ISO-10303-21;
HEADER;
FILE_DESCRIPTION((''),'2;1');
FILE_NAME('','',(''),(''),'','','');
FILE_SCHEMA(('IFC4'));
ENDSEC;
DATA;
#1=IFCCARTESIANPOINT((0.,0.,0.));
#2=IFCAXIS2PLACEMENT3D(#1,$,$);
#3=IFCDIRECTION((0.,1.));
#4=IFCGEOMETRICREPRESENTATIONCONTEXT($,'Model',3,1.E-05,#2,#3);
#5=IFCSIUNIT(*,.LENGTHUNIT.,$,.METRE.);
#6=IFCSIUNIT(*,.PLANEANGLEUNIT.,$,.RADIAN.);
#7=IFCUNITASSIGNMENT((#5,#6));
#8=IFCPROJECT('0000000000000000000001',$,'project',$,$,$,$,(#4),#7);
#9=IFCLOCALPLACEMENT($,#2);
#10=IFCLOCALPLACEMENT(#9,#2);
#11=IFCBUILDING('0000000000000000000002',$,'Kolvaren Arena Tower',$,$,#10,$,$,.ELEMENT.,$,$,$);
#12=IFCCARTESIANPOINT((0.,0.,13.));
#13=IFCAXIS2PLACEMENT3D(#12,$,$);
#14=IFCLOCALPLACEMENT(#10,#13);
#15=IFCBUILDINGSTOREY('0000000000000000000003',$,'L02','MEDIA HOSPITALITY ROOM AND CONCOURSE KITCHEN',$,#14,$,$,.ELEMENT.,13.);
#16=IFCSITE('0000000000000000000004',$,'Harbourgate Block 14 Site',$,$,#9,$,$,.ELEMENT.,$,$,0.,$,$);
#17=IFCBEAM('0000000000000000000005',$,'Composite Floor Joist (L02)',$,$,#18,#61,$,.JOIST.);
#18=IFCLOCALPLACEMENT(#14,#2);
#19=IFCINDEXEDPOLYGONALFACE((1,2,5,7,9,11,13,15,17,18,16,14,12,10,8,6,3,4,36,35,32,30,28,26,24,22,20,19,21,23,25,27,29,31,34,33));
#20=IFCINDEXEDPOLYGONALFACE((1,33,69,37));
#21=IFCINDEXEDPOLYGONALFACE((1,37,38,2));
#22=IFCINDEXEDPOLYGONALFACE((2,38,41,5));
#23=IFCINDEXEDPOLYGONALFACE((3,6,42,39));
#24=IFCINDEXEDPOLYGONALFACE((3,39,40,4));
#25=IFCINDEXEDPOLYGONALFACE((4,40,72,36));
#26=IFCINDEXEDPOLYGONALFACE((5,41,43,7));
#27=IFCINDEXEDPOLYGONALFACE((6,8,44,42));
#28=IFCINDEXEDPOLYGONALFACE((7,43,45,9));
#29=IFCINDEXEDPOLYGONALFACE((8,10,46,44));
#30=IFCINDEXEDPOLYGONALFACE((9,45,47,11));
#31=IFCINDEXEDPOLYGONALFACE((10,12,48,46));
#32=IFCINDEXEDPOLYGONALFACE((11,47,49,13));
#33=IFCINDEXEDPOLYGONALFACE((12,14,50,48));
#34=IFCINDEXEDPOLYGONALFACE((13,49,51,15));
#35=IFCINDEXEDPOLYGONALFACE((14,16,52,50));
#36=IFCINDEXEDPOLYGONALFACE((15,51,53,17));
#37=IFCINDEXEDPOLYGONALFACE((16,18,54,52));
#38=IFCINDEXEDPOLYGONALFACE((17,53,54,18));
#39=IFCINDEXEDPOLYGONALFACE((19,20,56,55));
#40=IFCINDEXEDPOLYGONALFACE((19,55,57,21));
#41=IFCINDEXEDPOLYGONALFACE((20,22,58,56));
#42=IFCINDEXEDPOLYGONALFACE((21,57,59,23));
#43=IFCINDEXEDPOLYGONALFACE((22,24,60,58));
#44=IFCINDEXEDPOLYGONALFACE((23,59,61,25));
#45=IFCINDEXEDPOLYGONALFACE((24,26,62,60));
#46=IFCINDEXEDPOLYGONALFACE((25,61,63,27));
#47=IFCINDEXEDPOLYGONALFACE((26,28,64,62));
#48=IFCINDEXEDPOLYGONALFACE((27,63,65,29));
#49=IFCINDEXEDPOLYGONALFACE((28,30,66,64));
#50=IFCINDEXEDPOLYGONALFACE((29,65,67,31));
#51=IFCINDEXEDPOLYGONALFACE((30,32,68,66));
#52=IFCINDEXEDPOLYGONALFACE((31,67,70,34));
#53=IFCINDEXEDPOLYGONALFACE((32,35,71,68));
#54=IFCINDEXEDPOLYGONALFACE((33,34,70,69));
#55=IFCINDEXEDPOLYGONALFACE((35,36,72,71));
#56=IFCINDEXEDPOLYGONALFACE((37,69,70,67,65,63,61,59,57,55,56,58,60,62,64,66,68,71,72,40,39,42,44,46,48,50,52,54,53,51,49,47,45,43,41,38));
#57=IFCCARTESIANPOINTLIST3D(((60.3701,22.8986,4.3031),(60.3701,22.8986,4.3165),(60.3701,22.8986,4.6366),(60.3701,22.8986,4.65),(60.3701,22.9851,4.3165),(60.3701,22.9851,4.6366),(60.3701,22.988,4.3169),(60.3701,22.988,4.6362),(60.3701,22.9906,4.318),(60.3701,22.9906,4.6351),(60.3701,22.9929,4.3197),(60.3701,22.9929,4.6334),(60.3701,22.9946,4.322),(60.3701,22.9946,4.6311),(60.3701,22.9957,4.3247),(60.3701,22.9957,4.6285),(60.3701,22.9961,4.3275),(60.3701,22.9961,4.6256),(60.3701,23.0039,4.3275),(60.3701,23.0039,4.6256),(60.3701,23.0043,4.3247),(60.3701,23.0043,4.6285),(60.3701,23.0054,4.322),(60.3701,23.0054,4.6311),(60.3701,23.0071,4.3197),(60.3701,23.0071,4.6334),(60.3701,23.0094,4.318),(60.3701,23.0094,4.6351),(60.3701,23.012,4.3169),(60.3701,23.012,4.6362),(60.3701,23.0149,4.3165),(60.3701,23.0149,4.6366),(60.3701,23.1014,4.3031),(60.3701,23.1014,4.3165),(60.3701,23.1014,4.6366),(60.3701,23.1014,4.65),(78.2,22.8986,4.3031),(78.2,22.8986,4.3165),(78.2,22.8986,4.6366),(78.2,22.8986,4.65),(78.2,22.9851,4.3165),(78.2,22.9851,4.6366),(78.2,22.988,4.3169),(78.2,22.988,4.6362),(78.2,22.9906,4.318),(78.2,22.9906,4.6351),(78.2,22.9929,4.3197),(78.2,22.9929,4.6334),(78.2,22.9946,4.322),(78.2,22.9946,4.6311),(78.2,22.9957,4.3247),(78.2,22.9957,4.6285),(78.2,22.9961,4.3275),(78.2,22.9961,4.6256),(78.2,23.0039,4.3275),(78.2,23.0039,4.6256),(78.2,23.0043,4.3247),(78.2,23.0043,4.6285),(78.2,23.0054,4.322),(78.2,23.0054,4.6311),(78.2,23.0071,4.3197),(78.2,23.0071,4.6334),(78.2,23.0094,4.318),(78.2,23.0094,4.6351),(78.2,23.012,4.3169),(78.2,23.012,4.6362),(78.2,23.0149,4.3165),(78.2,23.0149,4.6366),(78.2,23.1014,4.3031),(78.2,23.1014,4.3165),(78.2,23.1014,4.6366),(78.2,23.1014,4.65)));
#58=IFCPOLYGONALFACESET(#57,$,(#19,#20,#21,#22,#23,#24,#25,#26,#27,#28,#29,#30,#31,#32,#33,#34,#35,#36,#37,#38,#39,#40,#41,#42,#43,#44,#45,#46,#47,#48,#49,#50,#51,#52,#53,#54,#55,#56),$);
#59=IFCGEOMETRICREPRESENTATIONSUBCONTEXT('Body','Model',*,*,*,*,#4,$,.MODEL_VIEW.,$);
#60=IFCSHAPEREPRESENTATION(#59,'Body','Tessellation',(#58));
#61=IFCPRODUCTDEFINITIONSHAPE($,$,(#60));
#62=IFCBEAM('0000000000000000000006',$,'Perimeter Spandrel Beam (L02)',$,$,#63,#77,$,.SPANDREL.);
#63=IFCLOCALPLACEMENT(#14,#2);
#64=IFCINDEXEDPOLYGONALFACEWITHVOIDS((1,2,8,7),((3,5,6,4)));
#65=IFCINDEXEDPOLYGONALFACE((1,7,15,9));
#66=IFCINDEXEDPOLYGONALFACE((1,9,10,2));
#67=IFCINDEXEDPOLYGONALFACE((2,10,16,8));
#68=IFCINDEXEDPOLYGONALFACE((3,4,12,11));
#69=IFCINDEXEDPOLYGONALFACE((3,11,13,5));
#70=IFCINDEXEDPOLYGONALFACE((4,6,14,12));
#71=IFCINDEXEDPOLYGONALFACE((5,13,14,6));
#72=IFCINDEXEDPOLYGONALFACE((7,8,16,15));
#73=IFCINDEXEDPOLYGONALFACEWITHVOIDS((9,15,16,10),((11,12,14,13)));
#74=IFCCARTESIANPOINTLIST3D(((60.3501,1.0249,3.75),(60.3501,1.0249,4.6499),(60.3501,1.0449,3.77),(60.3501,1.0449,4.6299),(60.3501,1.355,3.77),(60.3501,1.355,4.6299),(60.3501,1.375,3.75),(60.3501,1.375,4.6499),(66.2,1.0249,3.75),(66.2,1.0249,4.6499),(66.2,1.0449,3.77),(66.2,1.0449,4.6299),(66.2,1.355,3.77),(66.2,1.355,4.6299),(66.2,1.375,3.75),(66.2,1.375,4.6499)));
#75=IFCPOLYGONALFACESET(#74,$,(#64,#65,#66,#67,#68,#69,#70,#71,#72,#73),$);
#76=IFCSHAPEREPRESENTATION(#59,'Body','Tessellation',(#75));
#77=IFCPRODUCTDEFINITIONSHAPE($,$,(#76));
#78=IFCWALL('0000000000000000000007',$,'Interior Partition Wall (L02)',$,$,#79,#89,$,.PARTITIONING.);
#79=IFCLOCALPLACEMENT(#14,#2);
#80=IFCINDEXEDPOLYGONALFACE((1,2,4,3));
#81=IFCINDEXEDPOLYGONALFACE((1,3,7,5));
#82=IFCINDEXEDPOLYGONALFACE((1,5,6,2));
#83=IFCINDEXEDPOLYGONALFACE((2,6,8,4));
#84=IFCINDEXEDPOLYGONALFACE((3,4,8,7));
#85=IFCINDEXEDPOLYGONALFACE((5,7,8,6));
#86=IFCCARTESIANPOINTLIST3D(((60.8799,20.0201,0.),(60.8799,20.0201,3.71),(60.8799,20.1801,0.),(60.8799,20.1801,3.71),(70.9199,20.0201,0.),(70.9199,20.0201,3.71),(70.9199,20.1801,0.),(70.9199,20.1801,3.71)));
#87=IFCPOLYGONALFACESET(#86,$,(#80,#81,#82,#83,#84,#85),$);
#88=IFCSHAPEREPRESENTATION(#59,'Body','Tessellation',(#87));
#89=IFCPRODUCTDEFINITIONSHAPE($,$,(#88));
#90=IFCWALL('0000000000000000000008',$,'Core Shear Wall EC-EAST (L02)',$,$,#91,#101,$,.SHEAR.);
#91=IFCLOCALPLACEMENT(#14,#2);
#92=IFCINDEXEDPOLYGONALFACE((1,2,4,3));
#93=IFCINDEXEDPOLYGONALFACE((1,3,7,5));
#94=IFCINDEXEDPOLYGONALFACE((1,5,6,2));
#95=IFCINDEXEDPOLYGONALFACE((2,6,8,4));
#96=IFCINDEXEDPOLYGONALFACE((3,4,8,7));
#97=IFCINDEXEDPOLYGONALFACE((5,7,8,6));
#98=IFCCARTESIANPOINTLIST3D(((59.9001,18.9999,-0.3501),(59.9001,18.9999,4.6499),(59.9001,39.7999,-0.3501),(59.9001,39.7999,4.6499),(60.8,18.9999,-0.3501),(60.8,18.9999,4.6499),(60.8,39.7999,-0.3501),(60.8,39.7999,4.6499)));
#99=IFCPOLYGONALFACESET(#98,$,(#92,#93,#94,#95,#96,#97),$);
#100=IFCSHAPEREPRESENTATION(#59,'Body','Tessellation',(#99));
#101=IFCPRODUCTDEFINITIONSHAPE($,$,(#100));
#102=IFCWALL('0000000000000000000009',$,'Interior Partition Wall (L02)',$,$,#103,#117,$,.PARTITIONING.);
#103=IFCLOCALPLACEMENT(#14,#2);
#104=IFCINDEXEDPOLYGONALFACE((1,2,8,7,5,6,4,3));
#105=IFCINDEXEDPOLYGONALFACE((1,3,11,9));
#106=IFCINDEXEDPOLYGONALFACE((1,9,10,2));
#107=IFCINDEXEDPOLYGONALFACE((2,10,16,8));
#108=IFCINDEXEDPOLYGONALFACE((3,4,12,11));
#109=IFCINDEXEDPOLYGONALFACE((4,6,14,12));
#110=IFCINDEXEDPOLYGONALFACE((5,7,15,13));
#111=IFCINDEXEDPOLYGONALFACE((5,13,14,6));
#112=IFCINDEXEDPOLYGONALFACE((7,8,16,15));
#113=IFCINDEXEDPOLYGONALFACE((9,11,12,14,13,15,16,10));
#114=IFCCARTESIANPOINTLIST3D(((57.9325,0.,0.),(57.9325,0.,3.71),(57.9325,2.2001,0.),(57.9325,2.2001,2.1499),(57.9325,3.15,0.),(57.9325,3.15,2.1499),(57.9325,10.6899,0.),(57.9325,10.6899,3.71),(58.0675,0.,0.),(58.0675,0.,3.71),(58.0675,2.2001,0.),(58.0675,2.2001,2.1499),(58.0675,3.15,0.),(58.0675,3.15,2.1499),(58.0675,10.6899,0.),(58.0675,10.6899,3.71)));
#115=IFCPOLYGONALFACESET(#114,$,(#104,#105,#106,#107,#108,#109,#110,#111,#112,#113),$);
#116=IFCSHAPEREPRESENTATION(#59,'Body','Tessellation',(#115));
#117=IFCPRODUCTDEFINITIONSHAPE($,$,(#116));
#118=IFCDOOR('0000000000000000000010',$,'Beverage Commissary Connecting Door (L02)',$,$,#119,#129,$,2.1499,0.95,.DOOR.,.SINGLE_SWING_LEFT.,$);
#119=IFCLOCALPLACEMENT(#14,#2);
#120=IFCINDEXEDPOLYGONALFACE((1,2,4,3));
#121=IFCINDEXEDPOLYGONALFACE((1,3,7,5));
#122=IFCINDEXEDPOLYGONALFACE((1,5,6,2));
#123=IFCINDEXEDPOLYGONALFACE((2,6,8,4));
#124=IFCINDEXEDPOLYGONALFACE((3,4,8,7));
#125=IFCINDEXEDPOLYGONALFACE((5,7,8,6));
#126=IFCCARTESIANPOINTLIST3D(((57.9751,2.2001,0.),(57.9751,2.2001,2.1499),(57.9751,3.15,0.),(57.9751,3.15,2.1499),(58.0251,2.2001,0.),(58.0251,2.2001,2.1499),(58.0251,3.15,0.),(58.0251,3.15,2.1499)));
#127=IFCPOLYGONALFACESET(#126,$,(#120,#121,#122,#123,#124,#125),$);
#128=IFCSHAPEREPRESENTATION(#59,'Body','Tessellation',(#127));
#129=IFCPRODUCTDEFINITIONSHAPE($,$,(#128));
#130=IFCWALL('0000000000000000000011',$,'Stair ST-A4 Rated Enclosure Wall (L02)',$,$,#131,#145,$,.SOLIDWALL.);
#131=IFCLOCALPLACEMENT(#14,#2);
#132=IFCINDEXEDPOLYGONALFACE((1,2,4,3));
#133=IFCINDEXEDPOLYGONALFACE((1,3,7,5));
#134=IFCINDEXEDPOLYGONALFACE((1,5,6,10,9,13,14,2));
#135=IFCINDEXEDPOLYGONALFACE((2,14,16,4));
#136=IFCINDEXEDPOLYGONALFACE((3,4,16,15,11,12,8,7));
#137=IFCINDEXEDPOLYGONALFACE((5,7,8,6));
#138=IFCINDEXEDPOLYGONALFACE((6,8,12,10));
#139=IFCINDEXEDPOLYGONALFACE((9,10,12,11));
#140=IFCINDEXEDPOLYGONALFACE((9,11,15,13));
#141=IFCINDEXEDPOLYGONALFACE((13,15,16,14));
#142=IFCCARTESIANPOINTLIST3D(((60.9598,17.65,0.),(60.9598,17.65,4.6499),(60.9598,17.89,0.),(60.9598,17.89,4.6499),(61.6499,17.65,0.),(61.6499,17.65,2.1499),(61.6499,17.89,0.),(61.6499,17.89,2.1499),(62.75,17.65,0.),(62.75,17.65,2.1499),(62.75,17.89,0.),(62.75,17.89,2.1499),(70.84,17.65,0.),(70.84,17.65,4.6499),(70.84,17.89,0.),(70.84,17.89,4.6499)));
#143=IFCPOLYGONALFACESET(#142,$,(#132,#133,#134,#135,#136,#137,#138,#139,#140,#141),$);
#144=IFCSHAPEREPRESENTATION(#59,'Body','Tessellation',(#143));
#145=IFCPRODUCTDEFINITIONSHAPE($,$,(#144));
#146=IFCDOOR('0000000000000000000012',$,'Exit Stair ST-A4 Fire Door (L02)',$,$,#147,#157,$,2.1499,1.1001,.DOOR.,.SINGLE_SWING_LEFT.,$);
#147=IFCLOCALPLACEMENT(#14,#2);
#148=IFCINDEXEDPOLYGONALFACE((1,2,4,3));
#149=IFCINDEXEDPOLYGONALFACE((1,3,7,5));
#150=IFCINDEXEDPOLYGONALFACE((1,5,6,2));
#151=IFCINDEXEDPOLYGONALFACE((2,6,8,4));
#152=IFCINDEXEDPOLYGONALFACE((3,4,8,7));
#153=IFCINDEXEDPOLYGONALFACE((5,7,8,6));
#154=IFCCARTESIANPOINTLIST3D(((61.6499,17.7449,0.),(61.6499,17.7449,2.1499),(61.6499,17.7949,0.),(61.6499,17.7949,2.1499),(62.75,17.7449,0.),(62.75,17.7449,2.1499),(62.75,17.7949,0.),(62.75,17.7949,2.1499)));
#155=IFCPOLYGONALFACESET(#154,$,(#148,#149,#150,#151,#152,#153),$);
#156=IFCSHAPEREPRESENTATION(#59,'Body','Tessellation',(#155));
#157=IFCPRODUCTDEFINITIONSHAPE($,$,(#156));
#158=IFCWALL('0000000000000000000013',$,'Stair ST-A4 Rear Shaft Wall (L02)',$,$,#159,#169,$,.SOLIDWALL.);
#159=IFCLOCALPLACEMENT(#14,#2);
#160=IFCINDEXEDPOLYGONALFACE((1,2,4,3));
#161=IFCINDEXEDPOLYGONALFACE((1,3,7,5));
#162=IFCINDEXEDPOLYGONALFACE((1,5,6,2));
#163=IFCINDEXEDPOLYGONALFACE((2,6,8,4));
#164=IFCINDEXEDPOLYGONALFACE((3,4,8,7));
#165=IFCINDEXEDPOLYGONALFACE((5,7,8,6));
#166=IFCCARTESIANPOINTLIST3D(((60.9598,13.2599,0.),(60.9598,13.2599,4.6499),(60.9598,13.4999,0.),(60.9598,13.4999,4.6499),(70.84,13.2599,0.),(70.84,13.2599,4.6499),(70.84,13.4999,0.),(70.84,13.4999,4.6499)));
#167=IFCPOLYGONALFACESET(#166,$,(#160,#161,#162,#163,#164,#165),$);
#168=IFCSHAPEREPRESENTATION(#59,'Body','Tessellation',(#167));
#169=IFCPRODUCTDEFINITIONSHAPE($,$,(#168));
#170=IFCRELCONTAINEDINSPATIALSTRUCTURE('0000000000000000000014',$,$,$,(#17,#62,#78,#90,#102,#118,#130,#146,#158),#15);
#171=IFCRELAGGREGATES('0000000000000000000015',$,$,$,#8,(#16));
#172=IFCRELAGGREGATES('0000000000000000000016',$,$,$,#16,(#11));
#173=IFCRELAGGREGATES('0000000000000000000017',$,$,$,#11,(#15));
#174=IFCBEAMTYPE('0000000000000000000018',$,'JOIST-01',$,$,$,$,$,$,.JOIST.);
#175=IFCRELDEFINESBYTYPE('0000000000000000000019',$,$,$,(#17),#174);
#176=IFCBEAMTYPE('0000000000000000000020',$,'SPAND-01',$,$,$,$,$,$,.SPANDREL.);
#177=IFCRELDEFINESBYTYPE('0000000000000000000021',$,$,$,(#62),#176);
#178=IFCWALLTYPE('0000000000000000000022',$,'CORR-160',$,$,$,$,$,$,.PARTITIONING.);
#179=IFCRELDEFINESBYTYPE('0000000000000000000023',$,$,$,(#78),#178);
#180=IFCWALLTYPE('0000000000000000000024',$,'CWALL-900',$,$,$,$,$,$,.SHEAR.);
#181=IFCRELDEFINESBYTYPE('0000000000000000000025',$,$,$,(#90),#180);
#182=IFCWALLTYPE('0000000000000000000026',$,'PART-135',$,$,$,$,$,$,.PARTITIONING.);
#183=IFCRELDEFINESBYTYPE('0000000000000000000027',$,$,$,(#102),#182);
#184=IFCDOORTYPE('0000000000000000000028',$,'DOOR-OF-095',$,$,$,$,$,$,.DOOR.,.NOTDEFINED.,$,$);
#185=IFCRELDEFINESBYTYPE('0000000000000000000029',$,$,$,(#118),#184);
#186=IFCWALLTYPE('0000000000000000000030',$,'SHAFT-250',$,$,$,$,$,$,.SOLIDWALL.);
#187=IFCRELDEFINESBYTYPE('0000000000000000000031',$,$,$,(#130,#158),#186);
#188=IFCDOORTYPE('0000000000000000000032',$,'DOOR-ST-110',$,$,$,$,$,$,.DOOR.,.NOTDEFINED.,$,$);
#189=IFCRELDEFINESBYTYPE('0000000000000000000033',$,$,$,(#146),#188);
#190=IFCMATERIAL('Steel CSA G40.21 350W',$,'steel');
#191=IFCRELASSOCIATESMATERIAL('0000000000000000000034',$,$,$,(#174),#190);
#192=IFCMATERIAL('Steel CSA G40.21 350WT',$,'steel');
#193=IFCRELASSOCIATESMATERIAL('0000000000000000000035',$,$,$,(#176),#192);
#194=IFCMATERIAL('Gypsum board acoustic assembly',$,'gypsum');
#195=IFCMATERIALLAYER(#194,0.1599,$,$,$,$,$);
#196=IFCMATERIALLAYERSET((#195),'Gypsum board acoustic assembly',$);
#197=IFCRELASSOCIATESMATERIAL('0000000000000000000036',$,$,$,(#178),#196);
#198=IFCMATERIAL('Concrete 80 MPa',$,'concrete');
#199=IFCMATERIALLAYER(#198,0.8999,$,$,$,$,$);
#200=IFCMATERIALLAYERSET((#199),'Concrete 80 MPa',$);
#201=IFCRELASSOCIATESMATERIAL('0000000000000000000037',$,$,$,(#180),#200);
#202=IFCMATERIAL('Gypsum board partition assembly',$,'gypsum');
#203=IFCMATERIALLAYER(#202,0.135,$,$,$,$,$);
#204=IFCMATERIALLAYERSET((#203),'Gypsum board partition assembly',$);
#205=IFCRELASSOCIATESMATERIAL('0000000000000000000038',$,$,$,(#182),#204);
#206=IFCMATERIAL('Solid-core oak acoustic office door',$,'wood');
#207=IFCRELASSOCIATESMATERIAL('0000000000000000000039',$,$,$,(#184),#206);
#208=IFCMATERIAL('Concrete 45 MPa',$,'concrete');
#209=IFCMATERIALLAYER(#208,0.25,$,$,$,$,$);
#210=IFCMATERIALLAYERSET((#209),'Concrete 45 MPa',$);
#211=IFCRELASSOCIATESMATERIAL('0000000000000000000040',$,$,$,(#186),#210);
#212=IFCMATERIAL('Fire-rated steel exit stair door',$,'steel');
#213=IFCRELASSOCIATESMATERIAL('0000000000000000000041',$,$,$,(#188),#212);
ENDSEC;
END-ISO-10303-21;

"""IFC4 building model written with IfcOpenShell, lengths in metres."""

from ifc_helpers import new_model, si_unit, direction, frame, frame_2d, origin, origin_2d, place, context, subcontext, project, spatial, rectangle, hollow_rectangle, i_section, extrude, material, layer, layer_set, material_profile, profile_set, type_object, element, fill, save


model = new_model("IFC4")

# Units and contexts
model_context = context("Model", 3, precision=1e-05, world=origin(), true_north=direction((0.0, 1.0)))
body_context = subcontext(model_context, "Body", "Model", "MODEL_VIEW")
ifc_project = project(units=[si_unit("LENGTHUNIT", "METRE"), si_unit("PLANEANGLEUNIT", "RADIAN")], contexts=[model_context])

# Site, building, storey
site_placement = place(None, origin())
site = spatial("IfcSite", under=ifc_project, at=site_placement, Name="Harbourgate Block 14 Site", CompositionType="ELEMENT", RefElevation=0.0)
building_placement = place(site_placement, origin())
building = spatial("IfcBuilding", under=site, at=building_placement, Name="Kolvaren Arena Tower", CompositionType="ELEMENT")
storey_placement = place(building_placement, frame((0.0, 0.0, 13.0)))
storey = spatial("IfcBuildingStorey", under=building, at=storey_placement, Name="L02", Description="MEDIA HOSPITALITY ROOM AND CONCOURSE KITCHEN", CompositionType="ELEMENT", Elevation=13.0)

# Beams
ifc_material_1 = material(Name="Steel CSA G40.21 350W", Category="steel")
ifc_material_profile_1 = material_profile(ifc_material_1, i_section(OverallWidth=0.2029, OverallDepth=0.3469, WebThickness=0.0078, FlangeThickness=0.0134, FilletRadius=0.011, at=origin_2d()), Name="W360x64")
ifc_profile_set_1 = profile_set([ifc_material_profile_1], Name="Steel CSA G40.21 350W")
beam_type_1 = type_object("IfcBeamType", Name="JOIST-01", PredefinedType="JOIST", material=ifc_profile_set_1)
for number, where, z_axis, x_axis, name in (
    (1, (60.3701, 23.0, 4.4766), (1.0, 0.0, 0.0), (0.0, 1.0, 0.0), "Composite Floor Joist (L02)"),
):
    element("IfcBeam", number, at=place(storey_placement, frame(where, z_axis=z_axis, x_axis=x_axis)), inside=storey, type_object=beam_type_1, Name=name, PredefinedType="JOIST", context=body_context, shape_type="SweptSolid", body=[
        extrude(i_section(OverallWidth=0.2029, OverallDepth=0.3469, WebThickness=0.0078, FlangeThickness=0.0134, FilletRadius=0.011, at=origin_2d()), origin(), (0.0, 0.0, 1.0), 17.8298),
    ])
ifc_material_2 = material(Name="Steel CSA G40.21 350WT", Category="steel")
ifc_material_profile_2 = material_profile(ifc_material_2, hollow_rectangle(XDim=0.3501, YDim=0.8999, WallThickness=0.02, at=origin_2d()), Name="HSS 900x350x20")
ifc_profile_set_2 = profile_set([ifc_material_profile_2], Name="Steel CSA G40.21 350WT")
beam_type_2 = type_object("IfcBeamType", Name="SPAND-01", PredefinedType="SPANDREL", material=ifc_profile_set_2)
beam_1_placement = place(storey_placement, frame((60.3501, 1.2, 4.2), z_axis=(1.0, 0.0, 0.0), x_axis=(0.0, 1.0, 0.0)))
element("IfcBeam", 2, at=beam_1_placement, inside=storey, type_object=beam_type_2, Name="Perimeter Spandrel Beam (L02)", PredefinedType="SPANDREL", context=body_context, shape_type="SweptSolid", body=[
    extrude(hollow_rectangle(XDim=0.3501, YDim=0.8999, WallThickness=0.02, at=origin_2d()), origin(), (0.0, 0.0, 1.0), 5.8499),
])

# Walls
ifc_material_3 = material(Name="Gypsum board acoustic assembly", Category="gypsum")
ifc_layer_1 = layer(ifc_material_3, 0.1599)
ifc_layer_set_1 = layer_set([ifc_layer_1], Name="Gypsum board acoustic assembly")
wall_type_1 = type_object("IfcWallType", Name="CORR-160", PredefinedType="PARTITIONING", material=ifc_layer_set_1)
wall_1_placement = place(storey_placement, frame((60.8799, 20.1001, 0.0), z_axis=(0.0, 0.0, 1.0), x_axis=(1.0, 0.0, 0.0)))
element("IfcWall", 3, at=wall_1_placement, inside=storey, type_object=wall_type_1, Name="Interior Partition Wall (L02)", PredefinedType="PARTITIONING", context=body_context, shape_type="SweptSolid", body=[
    extrude(rectangle(XDim=10.04, YDim=0.1599, at=frame_2d((5.02, 0.0))), origin(), (0.0, 0.0, 1.0), 3.71),
])
ifc_material_4 = material(Name="Concrete 80 MPa", Category="concrete")
ifc_layer_2 = layer(ifc_material_4, 0.8999)
ifc_layer_set_2 = layer_set([ifc_layer_2], Name="Concrete 80 MPa")
wall_type_2 = type_object("IfcWallType", Name="CWALL-900", PredefinedType="SHEAR", material=ifc_layer_set_2)
wall_2_placement = place(storey_placement, frame((60.3501, 19.0, -0.3501), z_axis=(0.0, 0.0, 1.0), x_axis=(0.0, 1.0, 0.0)))
element("IfcWall", 4, at=wall_2_placement, inside=storey, type_object=wall_type_2, Name="Core Shear Wall EC-EAST (L02)", PredefinedType="SHEAR", context=body_context, shape_type="SweptSolid", body=[
    extrude(rectangle(XDim=20.8, YDim=0.8999, at=frame_2d((10.3999, 0.0))), origin(), (0.0, 0.0, 1.0), 5.0),
])

# Walls, openings, doors
ifc_material_5 = material(Name="Gypsum board partition assembly", Category="gypsum")
ifc_layer_3 = layer(ifc_material_5, 0.135)
ifc_layer_set_3 = layer_set([ifc_layer_3], Name="Gypsum board partition assembly")
wall_type_3 = type_object("IfcWallType", Name="PART-135", PredefinedType="PARTITIONING", material=ifc_layer_set_3)
wall_3_placement = place(storey_placement, frame((58.0, 0.0, 0.0), z_axis=(0.0, 0.0, 1.0), x_axis=(0.0, 1.0, 0.0)))
wall_3 = element("IfcWall", 5, at=wall_3_placement, inside=storey, type_object=wall_type_3, Name="Interior Partition Wall (L02)", PredefinedType="PARTITIONING", context=body_context, shape_type="SweptSolid", body=[
    extrude(rectangle(XDim=10.6899, YDim=0.135, at=frame_2d((5.345, 0.0))), origin(), (0.0, 0.0, 1.0), 3.71),
])
opening_1_placement = place(wall_3_placement, frame((2.2, 0.0, 0.0)))
opening_1 = element("IfcOpeningElement", 6, at=opening_1_placement, cuts=wall_3, PredefinedType="OPENING", context=body_context, shape_type="SweptSolid", body=[
    extrude(rectangle(XDim=0.95, YDim=2.1499, at=frame_2d((0.4751, 1.075))), frame((0.0, 0.0774, 0.0), z_axis=(0.0, -1.0, 0.0), x_axis=(1.0, 0.0, 0.0)), (0.0, 0.0, 1.0), 0.155),
])
ifc_material_6 = material(Name="Solid-core oak acoustic office door", Category="wood")
door_type_1 = type_object("IfcDoorType", Name="DOOR-OF-095", OperationType="NOTDEFINED", PredefinedType="DOOR", material=ifc_material_6)
door_1_placement = place(opening_1_placement, origin())
door_1 = element("IfcDoor", 7, at=door_1_placement, inside=storey, type_object=door_type_1, Name="Beverage Commissary Connecting Door (L02)", OperationType="SINGLE_SWING_LEFT", OverallHeight=2.1499, OverallWidth=0.95, PredefinedType="DOOR", context=body_context, shape_type="SweptSolid", body=[
    extrude(rectangle(XDim=0.95, YDim=2.1499, at=frame_2d((0.4751, 1.075))), frame((0.0, 0.0249, 0.0), z_axis=(0.0, -1.0, 0.0), x_axis=(1.0, 0.0, 0.0)), (0.0, 0.0, 1.0), 0.05),
])
fill(opening_1, door_1)
ifc_material_7 = material(Name="Concrete 45 MPa", Category="concrete")
ifc_layer_4 = layer(ifc_material_7, 0.25)
ifc_layer_set_4 = layer_set([ifc_layer_4], Name="Concrete 45 MPa")
wall_type_4 = type_object("IfcWallType", Name="SHAFT-250", PredefinedType="SOLIDWALL", material=ifc_layer_set_4)
wall_4_placement = place(storey_placement, frame((60.96, 17.77, 0.0), z_axis=(0.0, 0.0, 1.0), x_axis=(1.0, 0.0, 0.0)))
wall_4 = element("IfcWall", 8, at=wall_4_placement, inside=storey, type_object=wall_type_4, Name="Stair ST-A4 Rated Enclosure Wall (L02)", PredefinedType="SOLIDWALL", context=body_context, shape_type="SweptSolid", body=[
    extrude(rectangle(XDim=9.8801, YDim=0.24, at=frame_2d((4.9399, 0.0))), origin(), (0.0, 0.0, 1.0), 4.6499),
])
opening_2_placement = place(wall_4_placement, frame((0.6899, 0.0, 0.0)))
opening_2 = element("IfcOpeningElement", 9, at=opening_2_placement, cuts=wall_4, PredefinedType="OPENING", context=body_context, shape_type="SweptSolid", body=[
    extrude(rectangle(XDim=1.1001, YDim=2.1499, at=frame_2d((0.55, 1.075))), frame((0.0, 0.1299, 0.0), z_axis=(0.0, -1.0, 0.0), x_axis=(1.0, 0.0, 0.0)), (0.0, 0.0, 1.0), 0.26),
])
ifc_material_8 = material(Name="Fire-rated steel exit stair door", Category="steel")
door_type_2 = type_object("IfcDoorType", Name="DOOR-ST-110", OperationType="NOTDEFINED", PredefinedType="DOOR", material=ifc_material_8)
door_2_placement = place(opening_2_placement, origin())
door_2 = element("IfcDoor", 10, at=door_2_placement, inside=storey, type_object=door_type_2, Name="Exit Stair ST-A4 Fire Door (L02)", OperationType="SINGLE_SWING_LEFT", OverallHeight=2.1499, OverallWidth=1.1001, PredefinedType="DOOR", context=body_context, shape_type="SweptSolid", body=[
    extrude(rectangle(XDim=1.1001, YDim=2.1499, at=frame_2d((0.55, 1.075))), frame((0.0, 0.0249, 0.0), z_axis=(0.0, -1.0, 0.0), x_axis=(1.0, 0.0, 0.0)), (0.0, 0.0, 1.0), 0.05),
])
fill(opening_2, door_2)

# Wall
wall_5_placement = place(storey_placement, frame((60.96, 13.3799, 0.0), z_axis=(0.0, 0.0, 1.0), x_axis=(1.0, 0.0, 0.0)))
element("IfcWall", 11, at=wall_5_placement, inside=storey, type_object=wall_type_4, Name="Stair ST-A4 Rear Shaft Wall (L02)", PredefinedType="SOLIDWALL", context=body_context, shape_type="SweptSolid", body=[
    extrude(rectangle(XDim=9.8801, YDim=0.24, at=frame_2d((4.9399, 0.0))), origin(), (0.0, 0.0, 1.0), 4.6499),
])

save(model, "model.ifc")
